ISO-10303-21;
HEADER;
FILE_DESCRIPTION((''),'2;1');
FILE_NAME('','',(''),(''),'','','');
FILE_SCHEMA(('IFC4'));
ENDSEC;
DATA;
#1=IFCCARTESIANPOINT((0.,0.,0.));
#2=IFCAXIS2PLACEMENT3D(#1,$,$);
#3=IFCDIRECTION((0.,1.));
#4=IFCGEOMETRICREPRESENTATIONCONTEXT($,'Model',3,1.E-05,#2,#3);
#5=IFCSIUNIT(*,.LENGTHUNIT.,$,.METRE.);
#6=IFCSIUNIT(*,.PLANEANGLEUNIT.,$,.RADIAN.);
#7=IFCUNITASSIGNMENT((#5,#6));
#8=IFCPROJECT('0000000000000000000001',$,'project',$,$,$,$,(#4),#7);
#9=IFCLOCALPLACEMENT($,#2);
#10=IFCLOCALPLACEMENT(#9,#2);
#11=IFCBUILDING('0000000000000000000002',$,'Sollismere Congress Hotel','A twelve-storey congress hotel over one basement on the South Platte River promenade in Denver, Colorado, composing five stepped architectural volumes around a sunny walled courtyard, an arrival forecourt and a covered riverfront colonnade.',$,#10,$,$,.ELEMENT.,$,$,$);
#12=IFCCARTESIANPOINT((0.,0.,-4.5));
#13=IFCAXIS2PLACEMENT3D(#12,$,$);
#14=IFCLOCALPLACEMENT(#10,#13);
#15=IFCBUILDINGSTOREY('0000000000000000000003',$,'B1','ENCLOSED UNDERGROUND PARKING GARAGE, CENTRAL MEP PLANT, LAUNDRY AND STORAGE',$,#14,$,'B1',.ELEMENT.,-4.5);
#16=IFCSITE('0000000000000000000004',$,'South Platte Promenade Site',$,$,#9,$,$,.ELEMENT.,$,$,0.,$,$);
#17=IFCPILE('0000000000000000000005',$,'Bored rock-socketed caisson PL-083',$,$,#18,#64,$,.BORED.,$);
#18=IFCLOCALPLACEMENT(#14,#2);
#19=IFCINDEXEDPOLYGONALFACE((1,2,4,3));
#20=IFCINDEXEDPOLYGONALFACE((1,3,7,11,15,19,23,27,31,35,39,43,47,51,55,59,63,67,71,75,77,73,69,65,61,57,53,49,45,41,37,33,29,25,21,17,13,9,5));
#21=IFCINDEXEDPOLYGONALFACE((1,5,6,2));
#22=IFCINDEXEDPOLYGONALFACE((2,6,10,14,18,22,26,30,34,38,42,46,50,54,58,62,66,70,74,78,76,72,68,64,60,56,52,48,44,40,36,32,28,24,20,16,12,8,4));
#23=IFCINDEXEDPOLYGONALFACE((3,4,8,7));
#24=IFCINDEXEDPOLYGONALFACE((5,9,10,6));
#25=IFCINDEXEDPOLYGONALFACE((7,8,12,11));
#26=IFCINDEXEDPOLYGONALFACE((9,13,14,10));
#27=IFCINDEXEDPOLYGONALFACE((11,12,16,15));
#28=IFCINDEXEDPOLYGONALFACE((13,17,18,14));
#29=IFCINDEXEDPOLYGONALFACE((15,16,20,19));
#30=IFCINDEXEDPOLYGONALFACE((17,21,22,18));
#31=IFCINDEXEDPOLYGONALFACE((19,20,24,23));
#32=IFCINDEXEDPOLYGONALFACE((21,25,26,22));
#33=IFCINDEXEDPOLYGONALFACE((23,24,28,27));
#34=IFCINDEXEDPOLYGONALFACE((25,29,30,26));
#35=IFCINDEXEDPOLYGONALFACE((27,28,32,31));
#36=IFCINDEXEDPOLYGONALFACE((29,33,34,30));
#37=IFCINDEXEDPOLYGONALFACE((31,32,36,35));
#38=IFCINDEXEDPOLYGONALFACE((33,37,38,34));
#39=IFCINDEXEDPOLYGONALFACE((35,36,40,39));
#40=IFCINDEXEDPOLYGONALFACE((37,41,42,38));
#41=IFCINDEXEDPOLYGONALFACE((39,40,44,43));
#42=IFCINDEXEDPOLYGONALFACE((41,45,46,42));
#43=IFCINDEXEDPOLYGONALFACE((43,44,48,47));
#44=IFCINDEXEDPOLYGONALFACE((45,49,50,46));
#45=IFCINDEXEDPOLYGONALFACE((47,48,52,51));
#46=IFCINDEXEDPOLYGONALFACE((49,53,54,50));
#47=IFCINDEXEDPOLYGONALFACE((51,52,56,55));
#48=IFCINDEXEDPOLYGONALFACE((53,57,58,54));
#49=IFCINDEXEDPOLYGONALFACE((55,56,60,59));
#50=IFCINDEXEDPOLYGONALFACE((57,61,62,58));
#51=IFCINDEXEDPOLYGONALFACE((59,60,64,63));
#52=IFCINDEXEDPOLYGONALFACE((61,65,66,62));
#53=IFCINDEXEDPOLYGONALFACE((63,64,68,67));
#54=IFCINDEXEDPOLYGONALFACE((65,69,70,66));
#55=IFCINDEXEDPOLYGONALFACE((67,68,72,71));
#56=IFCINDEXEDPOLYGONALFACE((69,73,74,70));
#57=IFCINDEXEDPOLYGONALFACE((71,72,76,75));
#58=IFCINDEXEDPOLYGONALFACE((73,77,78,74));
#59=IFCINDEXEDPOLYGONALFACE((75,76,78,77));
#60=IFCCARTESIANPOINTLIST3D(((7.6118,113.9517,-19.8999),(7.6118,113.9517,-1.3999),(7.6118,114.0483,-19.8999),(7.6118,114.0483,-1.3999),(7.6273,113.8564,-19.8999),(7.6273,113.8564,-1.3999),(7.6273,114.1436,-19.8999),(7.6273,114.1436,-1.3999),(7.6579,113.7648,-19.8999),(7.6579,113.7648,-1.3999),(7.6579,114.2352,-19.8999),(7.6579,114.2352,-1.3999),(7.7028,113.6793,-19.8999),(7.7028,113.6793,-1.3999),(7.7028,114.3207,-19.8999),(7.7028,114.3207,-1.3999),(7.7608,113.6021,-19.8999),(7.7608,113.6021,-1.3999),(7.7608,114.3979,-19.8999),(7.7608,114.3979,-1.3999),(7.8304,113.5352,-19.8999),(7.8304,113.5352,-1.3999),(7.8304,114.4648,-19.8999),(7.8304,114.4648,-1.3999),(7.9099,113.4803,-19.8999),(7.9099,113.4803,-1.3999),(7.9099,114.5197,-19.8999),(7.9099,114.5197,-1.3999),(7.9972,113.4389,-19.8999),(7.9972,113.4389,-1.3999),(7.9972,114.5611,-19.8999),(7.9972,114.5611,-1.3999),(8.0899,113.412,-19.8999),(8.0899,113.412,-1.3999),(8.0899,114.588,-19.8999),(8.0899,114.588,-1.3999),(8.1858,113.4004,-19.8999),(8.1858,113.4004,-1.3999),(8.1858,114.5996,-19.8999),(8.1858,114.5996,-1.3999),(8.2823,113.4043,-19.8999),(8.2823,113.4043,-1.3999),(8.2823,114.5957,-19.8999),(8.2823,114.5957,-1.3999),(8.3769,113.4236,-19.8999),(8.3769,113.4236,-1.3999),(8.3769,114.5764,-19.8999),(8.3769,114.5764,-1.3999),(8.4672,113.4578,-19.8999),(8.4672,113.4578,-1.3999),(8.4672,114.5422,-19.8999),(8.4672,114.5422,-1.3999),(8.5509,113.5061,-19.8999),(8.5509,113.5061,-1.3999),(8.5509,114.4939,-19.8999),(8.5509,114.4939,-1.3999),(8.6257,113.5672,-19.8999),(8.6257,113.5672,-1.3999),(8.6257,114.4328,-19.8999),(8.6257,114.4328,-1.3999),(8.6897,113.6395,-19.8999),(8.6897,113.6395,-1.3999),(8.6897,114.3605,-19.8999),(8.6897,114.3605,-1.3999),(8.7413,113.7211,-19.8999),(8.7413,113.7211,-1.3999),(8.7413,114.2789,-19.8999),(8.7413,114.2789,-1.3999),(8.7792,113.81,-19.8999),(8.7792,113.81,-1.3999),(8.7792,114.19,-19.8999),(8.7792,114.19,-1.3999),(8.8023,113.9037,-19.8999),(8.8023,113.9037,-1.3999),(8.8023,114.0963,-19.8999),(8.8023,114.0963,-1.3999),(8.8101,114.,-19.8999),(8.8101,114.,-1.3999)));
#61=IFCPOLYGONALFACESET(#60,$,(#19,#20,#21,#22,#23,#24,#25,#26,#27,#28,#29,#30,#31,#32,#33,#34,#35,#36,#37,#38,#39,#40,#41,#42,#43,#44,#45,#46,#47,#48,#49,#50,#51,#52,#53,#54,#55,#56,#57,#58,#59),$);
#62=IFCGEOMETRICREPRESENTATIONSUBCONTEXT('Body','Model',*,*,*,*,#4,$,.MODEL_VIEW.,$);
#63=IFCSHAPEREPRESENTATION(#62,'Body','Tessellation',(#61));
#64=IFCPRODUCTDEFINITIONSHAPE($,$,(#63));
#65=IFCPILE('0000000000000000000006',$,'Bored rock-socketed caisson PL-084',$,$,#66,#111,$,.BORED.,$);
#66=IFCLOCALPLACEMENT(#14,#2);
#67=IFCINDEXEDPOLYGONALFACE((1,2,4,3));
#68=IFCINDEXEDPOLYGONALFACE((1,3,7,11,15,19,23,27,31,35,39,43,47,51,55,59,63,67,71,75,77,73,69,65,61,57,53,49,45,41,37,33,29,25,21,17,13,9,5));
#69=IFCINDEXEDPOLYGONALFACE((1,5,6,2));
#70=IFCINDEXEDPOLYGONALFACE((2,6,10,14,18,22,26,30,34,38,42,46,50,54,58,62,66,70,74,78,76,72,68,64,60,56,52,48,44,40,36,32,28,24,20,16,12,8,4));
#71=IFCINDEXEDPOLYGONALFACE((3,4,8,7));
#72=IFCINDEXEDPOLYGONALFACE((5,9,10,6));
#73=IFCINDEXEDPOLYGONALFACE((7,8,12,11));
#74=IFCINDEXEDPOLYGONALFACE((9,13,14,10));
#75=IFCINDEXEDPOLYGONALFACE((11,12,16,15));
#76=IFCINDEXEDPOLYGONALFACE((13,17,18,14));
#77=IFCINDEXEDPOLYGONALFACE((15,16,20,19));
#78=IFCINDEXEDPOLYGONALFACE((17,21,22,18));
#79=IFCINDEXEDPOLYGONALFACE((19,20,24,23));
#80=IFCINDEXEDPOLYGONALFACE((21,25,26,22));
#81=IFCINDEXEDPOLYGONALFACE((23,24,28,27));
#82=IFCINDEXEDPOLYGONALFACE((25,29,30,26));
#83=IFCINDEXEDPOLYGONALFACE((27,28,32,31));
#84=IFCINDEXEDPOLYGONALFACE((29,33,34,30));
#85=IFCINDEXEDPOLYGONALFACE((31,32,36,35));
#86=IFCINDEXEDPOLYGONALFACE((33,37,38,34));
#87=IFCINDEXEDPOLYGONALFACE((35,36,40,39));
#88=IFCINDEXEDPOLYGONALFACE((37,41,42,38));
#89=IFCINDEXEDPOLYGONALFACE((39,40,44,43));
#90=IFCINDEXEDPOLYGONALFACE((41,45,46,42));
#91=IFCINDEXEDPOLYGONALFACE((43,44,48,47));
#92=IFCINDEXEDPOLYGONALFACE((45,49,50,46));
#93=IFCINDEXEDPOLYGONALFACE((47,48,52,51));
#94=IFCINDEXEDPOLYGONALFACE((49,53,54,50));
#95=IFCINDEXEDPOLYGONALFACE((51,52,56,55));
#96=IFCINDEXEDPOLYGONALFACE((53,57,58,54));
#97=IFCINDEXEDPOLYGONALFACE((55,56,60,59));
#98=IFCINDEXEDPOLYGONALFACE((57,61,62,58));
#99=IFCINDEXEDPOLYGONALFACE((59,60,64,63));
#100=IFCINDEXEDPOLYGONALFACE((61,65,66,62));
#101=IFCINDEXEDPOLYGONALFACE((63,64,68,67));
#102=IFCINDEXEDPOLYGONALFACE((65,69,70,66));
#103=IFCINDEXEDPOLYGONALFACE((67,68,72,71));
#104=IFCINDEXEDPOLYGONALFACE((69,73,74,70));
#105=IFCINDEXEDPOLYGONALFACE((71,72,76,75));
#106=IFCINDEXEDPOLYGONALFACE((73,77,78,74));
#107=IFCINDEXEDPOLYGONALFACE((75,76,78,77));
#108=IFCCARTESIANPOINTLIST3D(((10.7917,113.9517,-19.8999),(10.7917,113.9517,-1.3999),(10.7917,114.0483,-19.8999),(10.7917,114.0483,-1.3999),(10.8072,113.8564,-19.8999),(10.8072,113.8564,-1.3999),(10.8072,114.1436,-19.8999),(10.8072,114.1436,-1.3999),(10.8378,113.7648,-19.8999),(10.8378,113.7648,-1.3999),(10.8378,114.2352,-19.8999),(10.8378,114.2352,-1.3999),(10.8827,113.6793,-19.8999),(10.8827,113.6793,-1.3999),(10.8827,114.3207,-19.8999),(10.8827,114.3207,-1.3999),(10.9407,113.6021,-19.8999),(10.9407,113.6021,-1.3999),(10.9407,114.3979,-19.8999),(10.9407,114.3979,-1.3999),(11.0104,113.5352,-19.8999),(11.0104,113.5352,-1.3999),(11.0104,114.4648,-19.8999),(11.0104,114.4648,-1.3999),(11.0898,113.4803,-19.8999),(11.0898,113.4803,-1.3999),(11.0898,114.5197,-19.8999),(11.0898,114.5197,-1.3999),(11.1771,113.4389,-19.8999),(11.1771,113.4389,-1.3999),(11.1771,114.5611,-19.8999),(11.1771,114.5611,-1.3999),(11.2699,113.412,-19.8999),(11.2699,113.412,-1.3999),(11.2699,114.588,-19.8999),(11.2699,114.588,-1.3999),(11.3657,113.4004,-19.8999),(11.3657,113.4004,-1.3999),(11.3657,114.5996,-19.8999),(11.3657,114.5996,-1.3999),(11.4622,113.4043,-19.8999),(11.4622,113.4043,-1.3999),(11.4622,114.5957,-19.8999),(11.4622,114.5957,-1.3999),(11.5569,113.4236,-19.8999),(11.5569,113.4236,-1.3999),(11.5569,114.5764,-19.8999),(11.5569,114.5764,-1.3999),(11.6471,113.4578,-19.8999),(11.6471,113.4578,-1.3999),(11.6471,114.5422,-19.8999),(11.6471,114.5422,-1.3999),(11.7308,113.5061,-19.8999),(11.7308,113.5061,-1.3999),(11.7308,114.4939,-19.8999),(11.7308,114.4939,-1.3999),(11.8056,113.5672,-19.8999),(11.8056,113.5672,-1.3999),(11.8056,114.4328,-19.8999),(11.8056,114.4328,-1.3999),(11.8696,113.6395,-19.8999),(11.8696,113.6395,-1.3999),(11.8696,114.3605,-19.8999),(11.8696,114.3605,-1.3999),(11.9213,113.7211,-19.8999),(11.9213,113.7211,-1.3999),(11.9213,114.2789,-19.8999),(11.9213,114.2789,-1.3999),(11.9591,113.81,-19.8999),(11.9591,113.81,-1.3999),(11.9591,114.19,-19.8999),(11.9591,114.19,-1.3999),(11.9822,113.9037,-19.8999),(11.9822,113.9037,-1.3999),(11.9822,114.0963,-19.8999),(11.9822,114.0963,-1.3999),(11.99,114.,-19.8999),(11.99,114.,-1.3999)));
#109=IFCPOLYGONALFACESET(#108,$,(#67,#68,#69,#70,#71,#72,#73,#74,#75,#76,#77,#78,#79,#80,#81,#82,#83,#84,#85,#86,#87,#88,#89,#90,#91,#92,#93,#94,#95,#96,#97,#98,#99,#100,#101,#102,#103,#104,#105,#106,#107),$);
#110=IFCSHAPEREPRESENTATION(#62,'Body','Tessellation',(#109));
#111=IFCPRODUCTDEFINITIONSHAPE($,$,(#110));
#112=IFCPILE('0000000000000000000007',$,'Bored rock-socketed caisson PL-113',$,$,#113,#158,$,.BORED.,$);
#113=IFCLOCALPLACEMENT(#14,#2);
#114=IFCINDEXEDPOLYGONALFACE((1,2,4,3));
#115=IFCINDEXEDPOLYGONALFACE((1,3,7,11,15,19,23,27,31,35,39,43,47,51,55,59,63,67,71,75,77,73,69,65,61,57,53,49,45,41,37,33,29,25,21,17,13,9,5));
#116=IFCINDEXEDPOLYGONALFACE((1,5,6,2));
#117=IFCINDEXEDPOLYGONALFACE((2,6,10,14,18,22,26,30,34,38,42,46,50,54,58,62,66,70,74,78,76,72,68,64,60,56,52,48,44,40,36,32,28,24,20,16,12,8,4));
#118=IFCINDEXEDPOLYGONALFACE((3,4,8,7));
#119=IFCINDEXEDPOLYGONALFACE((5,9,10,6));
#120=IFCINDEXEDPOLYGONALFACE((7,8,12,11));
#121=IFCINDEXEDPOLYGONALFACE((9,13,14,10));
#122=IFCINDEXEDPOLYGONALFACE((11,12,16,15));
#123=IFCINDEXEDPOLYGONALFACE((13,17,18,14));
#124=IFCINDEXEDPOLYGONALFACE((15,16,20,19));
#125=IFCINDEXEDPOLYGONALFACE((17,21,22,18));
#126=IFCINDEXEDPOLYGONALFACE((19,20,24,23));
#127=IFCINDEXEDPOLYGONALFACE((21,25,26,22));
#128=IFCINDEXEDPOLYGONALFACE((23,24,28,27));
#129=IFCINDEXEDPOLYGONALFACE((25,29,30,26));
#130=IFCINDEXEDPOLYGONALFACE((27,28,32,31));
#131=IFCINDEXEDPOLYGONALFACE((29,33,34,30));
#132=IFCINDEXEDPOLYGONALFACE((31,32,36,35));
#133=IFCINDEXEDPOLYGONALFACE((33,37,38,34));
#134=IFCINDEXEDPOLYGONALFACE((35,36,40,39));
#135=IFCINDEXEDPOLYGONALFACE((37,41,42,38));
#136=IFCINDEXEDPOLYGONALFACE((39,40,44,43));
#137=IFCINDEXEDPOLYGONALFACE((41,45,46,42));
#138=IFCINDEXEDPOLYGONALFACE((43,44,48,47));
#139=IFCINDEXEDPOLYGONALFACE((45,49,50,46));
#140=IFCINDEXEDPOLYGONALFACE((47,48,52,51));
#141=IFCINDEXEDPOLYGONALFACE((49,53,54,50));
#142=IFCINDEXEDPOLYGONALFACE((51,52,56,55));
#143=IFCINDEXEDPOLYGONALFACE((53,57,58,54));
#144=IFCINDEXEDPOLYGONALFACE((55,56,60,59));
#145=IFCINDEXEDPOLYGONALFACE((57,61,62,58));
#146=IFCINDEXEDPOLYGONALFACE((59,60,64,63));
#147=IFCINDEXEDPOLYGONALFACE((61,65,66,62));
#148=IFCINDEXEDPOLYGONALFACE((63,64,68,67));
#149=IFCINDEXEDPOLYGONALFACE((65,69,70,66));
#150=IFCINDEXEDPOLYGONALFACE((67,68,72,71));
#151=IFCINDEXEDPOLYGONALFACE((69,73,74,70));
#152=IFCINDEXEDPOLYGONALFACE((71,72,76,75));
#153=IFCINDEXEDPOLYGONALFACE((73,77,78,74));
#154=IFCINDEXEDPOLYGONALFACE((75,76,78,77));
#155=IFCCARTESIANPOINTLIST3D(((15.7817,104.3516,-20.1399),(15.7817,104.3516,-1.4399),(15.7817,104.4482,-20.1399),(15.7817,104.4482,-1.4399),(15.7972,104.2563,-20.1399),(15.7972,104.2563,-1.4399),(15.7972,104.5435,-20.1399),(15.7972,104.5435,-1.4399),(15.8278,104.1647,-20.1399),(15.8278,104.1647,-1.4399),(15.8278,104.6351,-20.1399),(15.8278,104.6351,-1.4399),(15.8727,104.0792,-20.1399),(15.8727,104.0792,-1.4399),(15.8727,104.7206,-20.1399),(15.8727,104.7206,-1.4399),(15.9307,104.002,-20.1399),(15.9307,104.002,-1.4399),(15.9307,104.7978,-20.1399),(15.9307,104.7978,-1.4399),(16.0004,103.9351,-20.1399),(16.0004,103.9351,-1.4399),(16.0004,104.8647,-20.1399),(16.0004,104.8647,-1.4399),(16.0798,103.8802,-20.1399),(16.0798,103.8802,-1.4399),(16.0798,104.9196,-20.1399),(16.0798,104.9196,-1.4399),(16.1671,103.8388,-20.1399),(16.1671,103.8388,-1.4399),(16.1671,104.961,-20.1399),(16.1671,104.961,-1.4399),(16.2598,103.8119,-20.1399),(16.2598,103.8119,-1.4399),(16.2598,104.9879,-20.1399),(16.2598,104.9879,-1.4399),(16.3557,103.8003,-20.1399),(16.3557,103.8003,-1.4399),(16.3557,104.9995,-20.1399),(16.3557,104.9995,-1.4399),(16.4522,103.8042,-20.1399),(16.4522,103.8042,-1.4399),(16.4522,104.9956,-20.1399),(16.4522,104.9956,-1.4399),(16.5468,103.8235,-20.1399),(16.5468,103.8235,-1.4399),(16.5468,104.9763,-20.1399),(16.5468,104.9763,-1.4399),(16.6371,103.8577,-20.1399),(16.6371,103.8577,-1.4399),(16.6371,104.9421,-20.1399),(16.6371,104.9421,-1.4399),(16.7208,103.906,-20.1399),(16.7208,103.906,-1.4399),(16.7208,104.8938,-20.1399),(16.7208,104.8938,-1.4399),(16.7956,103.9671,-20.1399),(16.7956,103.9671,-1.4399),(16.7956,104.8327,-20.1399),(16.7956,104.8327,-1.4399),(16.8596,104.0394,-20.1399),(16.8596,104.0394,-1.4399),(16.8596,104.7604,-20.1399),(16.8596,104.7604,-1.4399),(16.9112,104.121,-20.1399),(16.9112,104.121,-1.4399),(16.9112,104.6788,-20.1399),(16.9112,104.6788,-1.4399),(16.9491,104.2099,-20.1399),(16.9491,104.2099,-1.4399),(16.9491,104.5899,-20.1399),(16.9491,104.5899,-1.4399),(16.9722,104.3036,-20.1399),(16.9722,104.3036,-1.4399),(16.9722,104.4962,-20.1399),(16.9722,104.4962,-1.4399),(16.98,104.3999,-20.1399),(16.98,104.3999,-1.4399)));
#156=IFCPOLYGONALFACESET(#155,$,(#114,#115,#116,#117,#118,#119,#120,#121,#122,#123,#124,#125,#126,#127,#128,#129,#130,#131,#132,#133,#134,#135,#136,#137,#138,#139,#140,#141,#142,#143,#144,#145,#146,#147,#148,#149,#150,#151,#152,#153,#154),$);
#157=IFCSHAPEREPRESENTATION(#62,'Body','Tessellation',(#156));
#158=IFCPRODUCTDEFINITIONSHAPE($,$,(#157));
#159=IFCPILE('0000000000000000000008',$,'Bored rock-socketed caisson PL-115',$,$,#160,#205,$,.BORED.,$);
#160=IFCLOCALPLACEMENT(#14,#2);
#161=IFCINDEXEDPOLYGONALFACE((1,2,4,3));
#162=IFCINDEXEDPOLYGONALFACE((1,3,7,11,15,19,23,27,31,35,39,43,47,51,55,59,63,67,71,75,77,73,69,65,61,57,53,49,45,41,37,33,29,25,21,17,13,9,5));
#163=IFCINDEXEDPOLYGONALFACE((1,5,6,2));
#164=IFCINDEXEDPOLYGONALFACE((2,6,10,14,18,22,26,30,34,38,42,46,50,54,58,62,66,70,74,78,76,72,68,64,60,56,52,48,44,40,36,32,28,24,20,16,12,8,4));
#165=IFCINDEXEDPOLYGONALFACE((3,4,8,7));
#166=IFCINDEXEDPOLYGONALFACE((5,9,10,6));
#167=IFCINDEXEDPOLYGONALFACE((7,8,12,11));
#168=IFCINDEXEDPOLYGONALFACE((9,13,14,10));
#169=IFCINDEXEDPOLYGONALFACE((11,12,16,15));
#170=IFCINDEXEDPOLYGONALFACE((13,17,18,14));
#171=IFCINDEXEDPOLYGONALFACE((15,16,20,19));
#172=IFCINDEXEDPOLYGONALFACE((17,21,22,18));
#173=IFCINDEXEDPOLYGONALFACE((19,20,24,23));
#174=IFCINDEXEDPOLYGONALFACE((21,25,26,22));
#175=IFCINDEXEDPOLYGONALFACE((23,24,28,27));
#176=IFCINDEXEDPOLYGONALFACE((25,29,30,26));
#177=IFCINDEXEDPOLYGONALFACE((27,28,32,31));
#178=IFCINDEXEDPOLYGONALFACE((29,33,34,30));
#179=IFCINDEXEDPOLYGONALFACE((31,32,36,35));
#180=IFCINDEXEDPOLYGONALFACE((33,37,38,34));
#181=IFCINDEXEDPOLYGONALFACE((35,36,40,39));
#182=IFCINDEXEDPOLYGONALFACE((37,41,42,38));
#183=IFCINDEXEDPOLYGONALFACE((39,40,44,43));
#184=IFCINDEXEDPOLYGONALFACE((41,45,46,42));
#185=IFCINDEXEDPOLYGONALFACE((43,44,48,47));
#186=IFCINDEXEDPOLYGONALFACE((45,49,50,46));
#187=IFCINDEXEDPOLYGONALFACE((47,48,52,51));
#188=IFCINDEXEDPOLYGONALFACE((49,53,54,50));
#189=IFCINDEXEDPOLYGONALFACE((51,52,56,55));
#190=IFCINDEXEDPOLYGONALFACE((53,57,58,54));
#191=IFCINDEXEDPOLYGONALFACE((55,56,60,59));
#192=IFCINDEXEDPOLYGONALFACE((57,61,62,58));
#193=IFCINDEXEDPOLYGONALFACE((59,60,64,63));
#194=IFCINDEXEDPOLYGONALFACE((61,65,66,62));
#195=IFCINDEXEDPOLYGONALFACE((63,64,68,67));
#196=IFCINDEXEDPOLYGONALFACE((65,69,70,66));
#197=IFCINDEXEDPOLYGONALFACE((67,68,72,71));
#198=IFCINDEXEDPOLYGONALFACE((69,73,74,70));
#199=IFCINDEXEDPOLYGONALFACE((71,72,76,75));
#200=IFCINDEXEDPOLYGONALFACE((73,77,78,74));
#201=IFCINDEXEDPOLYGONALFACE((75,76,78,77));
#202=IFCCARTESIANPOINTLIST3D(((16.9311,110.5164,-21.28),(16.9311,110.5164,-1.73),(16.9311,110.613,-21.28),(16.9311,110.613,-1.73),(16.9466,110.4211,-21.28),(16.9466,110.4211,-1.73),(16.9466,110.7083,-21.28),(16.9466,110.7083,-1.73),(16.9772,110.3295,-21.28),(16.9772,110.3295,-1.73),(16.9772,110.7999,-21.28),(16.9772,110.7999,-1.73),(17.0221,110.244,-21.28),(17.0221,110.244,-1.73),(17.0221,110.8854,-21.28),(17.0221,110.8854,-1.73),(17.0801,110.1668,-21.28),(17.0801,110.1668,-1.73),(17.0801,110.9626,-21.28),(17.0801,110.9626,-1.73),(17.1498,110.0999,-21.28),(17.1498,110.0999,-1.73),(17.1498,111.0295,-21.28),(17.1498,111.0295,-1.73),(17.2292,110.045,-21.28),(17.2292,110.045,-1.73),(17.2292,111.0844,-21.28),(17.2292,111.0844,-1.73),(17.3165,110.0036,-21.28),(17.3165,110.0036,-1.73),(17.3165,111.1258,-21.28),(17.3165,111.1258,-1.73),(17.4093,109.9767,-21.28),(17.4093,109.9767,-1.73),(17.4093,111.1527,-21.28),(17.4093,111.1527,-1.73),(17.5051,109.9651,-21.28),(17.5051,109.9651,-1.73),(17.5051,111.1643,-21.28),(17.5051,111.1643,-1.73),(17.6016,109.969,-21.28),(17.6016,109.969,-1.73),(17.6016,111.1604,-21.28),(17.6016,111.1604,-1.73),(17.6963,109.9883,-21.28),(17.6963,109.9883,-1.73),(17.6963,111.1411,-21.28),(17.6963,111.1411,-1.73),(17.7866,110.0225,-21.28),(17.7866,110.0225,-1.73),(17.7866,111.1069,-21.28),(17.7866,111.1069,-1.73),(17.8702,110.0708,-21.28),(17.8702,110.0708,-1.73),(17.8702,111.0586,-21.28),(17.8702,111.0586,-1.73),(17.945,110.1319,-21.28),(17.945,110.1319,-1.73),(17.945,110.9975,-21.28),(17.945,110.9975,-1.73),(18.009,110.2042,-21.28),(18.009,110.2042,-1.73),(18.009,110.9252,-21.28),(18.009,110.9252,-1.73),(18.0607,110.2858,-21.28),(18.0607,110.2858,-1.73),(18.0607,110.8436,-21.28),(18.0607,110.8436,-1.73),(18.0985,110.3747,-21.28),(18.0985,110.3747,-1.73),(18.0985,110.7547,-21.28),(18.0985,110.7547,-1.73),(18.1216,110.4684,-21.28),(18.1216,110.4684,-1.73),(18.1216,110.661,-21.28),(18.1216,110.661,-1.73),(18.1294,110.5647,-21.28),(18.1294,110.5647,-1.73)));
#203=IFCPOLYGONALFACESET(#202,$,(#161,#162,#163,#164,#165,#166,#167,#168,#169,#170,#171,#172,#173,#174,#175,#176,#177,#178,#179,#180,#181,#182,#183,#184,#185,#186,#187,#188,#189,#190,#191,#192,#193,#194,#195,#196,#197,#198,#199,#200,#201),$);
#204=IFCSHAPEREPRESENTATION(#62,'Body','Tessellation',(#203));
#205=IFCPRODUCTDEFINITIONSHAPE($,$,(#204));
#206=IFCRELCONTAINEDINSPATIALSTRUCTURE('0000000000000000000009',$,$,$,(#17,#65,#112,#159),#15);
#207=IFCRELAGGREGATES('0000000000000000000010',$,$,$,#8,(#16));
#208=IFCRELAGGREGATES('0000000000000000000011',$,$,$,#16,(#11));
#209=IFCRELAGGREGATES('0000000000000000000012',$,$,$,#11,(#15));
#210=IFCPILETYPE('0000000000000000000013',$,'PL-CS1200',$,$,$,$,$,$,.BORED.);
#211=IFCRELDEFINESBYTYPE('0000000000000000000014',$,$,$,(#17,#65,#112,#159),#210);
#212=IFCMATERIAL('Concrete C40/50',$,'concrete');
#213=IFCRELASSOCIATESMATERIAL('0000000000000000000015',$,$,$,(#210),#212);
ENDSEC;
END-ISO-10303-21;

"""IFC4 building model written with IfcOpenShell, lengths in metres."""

from ifc_helpers import new_model, si_unit, direction, frame, origin, origin_2d, place, context, subcontext, project, spatial, circle, extrude, material, material_profile, profile_set, type_object, element, save


model = new_model("IFC4")

# Units and contexts
model_context = context("Model", 3, precision=1e-05, world=origin(), true_north=direction((0.0, 1.0)))
body_context = subcontext(model_context, "Body", "Model", "MODEL_VIEW")
ifc_project = project(units=[si_unit("LENGTHUNIT", "METRE"), si_unit("PLANEANGLEUNIT", "RADIAN")], contexts=[model_context])

# Site, building, storey
site_placement = place(None, origin())
site = spatial("IfcSite", under=ifc_project, at=site_placement, Name="South Platte Promenade Site", CompositionType="ELEMENT", RefElevation=0.0)
building_placement = place(site_placement, origin())
building = spatial("IfcBuilding", under=site, at=building_placement, Name="Sollismere Congress Hotel", Description="A twelve-storey congress hotel over one basement on the South Platte River promenade in Denver, Colorado, composing five stepped architectural volumes around a sunny walled courtyard, an arrival forecourt and a covered riverfront colonnade.", CompositionType="ELEMENT")
storey_placement = place(building_placement, frame((0.0, 0.0, -4.5)))
storey = spatial("IfcBuildingStorey", under=building, at=storey_placement, Name="B1", Description="ENCLOSED UNDERGROUND PARKING GARAGE, CENTRAL MEP PLANT, LAUNDRY AND STORAGE", LongName="B1", CompositionType="ELEMENT", Elevation=-4.5)

# Shared definitions
ifc_material_1 = material(Name="Concrete C40/50", Category="concrete")

# Piles
ifc_material_profile_1 = material_profile(ifc_material_1, circle(Radius=0.6001, at=origin_2d()), Name="CAISSON1200")
ifc_profile_set_1 = profile_set([ifc_material_profile_1], Name="Concrete C40/50")
pile_type = type_object("IfcPileType", Name="PL-CS1200", PredefinedType="BORED", material=ifc_profile_set_1)
for number, where, z_axis, x_axis, name in (
    (1, (8.21, 114.0, -1.3999), (0.0, 0.0, -1.0), (1.0, 0.0, 0.0), "Bored rock-socketed caisson PL-083"),
    (2, (11.3899, 114.0, -1.3999), (0.0, 0.0, -1.0), (1.0, 0.0, 0.0), "Bored rock-socketed caisson PL-084"),
):
    element("IfcPile", number, at=place(storey_placement, frame(where, z_axis=z_axis, x_axis=x_axis)), inside=storey, type_object=pile_type, Name=name, PredefinedType="BORED", context=body_context, shape_type="SweptSolid", body=[
        extrude(circle(Radius=0.6001, at=origin_2d()), origin(), (0.0, 0.0, 1.0), 18.5),
    ])
pile_placement = place(storey_placement, frame((16.3799, 104.3999, -1.4399), z_axis=(0.0, 0.0, -1.0), x_axis=(1.0, 0.0, 0.0)))
element("IfcPile", 3, at=pile_placement, inside=storey, type_object=pile_type, Name="Bored rock-socketed caisson PL-113", PredefinedType="BORED", context=body_context, shape_type="SweptSolid", body=[
    extrude(circle(Radius=0.6001, at=origin_2d()), origin(), (0.0, 0.0, 1.0), 18.7),
])
for number, where, z_axis, x_axis, name in (
    (4, (17.5293, 110.5647, -1.73), (0.0, 0.0, -1.0), (1.0, 0.0, 0.0), "Bored rock-socketed caisson PL-115"),
):
    element("IfcPile", number, at=place(storey_placement, frame(where, z_axis=z_axis, x_axis=x_axis)), inside=storey, type_object=pile_type, Name=name, PredefinedType="BORED", context=body_context, shape_type="SweptSolid", body=[
        extrude(circle(Radius=0.6001, at=origin_2d()), origin(), (0.0, 0.0, 1.0), 19.55),
    ])

save(model, "model.ifc")
